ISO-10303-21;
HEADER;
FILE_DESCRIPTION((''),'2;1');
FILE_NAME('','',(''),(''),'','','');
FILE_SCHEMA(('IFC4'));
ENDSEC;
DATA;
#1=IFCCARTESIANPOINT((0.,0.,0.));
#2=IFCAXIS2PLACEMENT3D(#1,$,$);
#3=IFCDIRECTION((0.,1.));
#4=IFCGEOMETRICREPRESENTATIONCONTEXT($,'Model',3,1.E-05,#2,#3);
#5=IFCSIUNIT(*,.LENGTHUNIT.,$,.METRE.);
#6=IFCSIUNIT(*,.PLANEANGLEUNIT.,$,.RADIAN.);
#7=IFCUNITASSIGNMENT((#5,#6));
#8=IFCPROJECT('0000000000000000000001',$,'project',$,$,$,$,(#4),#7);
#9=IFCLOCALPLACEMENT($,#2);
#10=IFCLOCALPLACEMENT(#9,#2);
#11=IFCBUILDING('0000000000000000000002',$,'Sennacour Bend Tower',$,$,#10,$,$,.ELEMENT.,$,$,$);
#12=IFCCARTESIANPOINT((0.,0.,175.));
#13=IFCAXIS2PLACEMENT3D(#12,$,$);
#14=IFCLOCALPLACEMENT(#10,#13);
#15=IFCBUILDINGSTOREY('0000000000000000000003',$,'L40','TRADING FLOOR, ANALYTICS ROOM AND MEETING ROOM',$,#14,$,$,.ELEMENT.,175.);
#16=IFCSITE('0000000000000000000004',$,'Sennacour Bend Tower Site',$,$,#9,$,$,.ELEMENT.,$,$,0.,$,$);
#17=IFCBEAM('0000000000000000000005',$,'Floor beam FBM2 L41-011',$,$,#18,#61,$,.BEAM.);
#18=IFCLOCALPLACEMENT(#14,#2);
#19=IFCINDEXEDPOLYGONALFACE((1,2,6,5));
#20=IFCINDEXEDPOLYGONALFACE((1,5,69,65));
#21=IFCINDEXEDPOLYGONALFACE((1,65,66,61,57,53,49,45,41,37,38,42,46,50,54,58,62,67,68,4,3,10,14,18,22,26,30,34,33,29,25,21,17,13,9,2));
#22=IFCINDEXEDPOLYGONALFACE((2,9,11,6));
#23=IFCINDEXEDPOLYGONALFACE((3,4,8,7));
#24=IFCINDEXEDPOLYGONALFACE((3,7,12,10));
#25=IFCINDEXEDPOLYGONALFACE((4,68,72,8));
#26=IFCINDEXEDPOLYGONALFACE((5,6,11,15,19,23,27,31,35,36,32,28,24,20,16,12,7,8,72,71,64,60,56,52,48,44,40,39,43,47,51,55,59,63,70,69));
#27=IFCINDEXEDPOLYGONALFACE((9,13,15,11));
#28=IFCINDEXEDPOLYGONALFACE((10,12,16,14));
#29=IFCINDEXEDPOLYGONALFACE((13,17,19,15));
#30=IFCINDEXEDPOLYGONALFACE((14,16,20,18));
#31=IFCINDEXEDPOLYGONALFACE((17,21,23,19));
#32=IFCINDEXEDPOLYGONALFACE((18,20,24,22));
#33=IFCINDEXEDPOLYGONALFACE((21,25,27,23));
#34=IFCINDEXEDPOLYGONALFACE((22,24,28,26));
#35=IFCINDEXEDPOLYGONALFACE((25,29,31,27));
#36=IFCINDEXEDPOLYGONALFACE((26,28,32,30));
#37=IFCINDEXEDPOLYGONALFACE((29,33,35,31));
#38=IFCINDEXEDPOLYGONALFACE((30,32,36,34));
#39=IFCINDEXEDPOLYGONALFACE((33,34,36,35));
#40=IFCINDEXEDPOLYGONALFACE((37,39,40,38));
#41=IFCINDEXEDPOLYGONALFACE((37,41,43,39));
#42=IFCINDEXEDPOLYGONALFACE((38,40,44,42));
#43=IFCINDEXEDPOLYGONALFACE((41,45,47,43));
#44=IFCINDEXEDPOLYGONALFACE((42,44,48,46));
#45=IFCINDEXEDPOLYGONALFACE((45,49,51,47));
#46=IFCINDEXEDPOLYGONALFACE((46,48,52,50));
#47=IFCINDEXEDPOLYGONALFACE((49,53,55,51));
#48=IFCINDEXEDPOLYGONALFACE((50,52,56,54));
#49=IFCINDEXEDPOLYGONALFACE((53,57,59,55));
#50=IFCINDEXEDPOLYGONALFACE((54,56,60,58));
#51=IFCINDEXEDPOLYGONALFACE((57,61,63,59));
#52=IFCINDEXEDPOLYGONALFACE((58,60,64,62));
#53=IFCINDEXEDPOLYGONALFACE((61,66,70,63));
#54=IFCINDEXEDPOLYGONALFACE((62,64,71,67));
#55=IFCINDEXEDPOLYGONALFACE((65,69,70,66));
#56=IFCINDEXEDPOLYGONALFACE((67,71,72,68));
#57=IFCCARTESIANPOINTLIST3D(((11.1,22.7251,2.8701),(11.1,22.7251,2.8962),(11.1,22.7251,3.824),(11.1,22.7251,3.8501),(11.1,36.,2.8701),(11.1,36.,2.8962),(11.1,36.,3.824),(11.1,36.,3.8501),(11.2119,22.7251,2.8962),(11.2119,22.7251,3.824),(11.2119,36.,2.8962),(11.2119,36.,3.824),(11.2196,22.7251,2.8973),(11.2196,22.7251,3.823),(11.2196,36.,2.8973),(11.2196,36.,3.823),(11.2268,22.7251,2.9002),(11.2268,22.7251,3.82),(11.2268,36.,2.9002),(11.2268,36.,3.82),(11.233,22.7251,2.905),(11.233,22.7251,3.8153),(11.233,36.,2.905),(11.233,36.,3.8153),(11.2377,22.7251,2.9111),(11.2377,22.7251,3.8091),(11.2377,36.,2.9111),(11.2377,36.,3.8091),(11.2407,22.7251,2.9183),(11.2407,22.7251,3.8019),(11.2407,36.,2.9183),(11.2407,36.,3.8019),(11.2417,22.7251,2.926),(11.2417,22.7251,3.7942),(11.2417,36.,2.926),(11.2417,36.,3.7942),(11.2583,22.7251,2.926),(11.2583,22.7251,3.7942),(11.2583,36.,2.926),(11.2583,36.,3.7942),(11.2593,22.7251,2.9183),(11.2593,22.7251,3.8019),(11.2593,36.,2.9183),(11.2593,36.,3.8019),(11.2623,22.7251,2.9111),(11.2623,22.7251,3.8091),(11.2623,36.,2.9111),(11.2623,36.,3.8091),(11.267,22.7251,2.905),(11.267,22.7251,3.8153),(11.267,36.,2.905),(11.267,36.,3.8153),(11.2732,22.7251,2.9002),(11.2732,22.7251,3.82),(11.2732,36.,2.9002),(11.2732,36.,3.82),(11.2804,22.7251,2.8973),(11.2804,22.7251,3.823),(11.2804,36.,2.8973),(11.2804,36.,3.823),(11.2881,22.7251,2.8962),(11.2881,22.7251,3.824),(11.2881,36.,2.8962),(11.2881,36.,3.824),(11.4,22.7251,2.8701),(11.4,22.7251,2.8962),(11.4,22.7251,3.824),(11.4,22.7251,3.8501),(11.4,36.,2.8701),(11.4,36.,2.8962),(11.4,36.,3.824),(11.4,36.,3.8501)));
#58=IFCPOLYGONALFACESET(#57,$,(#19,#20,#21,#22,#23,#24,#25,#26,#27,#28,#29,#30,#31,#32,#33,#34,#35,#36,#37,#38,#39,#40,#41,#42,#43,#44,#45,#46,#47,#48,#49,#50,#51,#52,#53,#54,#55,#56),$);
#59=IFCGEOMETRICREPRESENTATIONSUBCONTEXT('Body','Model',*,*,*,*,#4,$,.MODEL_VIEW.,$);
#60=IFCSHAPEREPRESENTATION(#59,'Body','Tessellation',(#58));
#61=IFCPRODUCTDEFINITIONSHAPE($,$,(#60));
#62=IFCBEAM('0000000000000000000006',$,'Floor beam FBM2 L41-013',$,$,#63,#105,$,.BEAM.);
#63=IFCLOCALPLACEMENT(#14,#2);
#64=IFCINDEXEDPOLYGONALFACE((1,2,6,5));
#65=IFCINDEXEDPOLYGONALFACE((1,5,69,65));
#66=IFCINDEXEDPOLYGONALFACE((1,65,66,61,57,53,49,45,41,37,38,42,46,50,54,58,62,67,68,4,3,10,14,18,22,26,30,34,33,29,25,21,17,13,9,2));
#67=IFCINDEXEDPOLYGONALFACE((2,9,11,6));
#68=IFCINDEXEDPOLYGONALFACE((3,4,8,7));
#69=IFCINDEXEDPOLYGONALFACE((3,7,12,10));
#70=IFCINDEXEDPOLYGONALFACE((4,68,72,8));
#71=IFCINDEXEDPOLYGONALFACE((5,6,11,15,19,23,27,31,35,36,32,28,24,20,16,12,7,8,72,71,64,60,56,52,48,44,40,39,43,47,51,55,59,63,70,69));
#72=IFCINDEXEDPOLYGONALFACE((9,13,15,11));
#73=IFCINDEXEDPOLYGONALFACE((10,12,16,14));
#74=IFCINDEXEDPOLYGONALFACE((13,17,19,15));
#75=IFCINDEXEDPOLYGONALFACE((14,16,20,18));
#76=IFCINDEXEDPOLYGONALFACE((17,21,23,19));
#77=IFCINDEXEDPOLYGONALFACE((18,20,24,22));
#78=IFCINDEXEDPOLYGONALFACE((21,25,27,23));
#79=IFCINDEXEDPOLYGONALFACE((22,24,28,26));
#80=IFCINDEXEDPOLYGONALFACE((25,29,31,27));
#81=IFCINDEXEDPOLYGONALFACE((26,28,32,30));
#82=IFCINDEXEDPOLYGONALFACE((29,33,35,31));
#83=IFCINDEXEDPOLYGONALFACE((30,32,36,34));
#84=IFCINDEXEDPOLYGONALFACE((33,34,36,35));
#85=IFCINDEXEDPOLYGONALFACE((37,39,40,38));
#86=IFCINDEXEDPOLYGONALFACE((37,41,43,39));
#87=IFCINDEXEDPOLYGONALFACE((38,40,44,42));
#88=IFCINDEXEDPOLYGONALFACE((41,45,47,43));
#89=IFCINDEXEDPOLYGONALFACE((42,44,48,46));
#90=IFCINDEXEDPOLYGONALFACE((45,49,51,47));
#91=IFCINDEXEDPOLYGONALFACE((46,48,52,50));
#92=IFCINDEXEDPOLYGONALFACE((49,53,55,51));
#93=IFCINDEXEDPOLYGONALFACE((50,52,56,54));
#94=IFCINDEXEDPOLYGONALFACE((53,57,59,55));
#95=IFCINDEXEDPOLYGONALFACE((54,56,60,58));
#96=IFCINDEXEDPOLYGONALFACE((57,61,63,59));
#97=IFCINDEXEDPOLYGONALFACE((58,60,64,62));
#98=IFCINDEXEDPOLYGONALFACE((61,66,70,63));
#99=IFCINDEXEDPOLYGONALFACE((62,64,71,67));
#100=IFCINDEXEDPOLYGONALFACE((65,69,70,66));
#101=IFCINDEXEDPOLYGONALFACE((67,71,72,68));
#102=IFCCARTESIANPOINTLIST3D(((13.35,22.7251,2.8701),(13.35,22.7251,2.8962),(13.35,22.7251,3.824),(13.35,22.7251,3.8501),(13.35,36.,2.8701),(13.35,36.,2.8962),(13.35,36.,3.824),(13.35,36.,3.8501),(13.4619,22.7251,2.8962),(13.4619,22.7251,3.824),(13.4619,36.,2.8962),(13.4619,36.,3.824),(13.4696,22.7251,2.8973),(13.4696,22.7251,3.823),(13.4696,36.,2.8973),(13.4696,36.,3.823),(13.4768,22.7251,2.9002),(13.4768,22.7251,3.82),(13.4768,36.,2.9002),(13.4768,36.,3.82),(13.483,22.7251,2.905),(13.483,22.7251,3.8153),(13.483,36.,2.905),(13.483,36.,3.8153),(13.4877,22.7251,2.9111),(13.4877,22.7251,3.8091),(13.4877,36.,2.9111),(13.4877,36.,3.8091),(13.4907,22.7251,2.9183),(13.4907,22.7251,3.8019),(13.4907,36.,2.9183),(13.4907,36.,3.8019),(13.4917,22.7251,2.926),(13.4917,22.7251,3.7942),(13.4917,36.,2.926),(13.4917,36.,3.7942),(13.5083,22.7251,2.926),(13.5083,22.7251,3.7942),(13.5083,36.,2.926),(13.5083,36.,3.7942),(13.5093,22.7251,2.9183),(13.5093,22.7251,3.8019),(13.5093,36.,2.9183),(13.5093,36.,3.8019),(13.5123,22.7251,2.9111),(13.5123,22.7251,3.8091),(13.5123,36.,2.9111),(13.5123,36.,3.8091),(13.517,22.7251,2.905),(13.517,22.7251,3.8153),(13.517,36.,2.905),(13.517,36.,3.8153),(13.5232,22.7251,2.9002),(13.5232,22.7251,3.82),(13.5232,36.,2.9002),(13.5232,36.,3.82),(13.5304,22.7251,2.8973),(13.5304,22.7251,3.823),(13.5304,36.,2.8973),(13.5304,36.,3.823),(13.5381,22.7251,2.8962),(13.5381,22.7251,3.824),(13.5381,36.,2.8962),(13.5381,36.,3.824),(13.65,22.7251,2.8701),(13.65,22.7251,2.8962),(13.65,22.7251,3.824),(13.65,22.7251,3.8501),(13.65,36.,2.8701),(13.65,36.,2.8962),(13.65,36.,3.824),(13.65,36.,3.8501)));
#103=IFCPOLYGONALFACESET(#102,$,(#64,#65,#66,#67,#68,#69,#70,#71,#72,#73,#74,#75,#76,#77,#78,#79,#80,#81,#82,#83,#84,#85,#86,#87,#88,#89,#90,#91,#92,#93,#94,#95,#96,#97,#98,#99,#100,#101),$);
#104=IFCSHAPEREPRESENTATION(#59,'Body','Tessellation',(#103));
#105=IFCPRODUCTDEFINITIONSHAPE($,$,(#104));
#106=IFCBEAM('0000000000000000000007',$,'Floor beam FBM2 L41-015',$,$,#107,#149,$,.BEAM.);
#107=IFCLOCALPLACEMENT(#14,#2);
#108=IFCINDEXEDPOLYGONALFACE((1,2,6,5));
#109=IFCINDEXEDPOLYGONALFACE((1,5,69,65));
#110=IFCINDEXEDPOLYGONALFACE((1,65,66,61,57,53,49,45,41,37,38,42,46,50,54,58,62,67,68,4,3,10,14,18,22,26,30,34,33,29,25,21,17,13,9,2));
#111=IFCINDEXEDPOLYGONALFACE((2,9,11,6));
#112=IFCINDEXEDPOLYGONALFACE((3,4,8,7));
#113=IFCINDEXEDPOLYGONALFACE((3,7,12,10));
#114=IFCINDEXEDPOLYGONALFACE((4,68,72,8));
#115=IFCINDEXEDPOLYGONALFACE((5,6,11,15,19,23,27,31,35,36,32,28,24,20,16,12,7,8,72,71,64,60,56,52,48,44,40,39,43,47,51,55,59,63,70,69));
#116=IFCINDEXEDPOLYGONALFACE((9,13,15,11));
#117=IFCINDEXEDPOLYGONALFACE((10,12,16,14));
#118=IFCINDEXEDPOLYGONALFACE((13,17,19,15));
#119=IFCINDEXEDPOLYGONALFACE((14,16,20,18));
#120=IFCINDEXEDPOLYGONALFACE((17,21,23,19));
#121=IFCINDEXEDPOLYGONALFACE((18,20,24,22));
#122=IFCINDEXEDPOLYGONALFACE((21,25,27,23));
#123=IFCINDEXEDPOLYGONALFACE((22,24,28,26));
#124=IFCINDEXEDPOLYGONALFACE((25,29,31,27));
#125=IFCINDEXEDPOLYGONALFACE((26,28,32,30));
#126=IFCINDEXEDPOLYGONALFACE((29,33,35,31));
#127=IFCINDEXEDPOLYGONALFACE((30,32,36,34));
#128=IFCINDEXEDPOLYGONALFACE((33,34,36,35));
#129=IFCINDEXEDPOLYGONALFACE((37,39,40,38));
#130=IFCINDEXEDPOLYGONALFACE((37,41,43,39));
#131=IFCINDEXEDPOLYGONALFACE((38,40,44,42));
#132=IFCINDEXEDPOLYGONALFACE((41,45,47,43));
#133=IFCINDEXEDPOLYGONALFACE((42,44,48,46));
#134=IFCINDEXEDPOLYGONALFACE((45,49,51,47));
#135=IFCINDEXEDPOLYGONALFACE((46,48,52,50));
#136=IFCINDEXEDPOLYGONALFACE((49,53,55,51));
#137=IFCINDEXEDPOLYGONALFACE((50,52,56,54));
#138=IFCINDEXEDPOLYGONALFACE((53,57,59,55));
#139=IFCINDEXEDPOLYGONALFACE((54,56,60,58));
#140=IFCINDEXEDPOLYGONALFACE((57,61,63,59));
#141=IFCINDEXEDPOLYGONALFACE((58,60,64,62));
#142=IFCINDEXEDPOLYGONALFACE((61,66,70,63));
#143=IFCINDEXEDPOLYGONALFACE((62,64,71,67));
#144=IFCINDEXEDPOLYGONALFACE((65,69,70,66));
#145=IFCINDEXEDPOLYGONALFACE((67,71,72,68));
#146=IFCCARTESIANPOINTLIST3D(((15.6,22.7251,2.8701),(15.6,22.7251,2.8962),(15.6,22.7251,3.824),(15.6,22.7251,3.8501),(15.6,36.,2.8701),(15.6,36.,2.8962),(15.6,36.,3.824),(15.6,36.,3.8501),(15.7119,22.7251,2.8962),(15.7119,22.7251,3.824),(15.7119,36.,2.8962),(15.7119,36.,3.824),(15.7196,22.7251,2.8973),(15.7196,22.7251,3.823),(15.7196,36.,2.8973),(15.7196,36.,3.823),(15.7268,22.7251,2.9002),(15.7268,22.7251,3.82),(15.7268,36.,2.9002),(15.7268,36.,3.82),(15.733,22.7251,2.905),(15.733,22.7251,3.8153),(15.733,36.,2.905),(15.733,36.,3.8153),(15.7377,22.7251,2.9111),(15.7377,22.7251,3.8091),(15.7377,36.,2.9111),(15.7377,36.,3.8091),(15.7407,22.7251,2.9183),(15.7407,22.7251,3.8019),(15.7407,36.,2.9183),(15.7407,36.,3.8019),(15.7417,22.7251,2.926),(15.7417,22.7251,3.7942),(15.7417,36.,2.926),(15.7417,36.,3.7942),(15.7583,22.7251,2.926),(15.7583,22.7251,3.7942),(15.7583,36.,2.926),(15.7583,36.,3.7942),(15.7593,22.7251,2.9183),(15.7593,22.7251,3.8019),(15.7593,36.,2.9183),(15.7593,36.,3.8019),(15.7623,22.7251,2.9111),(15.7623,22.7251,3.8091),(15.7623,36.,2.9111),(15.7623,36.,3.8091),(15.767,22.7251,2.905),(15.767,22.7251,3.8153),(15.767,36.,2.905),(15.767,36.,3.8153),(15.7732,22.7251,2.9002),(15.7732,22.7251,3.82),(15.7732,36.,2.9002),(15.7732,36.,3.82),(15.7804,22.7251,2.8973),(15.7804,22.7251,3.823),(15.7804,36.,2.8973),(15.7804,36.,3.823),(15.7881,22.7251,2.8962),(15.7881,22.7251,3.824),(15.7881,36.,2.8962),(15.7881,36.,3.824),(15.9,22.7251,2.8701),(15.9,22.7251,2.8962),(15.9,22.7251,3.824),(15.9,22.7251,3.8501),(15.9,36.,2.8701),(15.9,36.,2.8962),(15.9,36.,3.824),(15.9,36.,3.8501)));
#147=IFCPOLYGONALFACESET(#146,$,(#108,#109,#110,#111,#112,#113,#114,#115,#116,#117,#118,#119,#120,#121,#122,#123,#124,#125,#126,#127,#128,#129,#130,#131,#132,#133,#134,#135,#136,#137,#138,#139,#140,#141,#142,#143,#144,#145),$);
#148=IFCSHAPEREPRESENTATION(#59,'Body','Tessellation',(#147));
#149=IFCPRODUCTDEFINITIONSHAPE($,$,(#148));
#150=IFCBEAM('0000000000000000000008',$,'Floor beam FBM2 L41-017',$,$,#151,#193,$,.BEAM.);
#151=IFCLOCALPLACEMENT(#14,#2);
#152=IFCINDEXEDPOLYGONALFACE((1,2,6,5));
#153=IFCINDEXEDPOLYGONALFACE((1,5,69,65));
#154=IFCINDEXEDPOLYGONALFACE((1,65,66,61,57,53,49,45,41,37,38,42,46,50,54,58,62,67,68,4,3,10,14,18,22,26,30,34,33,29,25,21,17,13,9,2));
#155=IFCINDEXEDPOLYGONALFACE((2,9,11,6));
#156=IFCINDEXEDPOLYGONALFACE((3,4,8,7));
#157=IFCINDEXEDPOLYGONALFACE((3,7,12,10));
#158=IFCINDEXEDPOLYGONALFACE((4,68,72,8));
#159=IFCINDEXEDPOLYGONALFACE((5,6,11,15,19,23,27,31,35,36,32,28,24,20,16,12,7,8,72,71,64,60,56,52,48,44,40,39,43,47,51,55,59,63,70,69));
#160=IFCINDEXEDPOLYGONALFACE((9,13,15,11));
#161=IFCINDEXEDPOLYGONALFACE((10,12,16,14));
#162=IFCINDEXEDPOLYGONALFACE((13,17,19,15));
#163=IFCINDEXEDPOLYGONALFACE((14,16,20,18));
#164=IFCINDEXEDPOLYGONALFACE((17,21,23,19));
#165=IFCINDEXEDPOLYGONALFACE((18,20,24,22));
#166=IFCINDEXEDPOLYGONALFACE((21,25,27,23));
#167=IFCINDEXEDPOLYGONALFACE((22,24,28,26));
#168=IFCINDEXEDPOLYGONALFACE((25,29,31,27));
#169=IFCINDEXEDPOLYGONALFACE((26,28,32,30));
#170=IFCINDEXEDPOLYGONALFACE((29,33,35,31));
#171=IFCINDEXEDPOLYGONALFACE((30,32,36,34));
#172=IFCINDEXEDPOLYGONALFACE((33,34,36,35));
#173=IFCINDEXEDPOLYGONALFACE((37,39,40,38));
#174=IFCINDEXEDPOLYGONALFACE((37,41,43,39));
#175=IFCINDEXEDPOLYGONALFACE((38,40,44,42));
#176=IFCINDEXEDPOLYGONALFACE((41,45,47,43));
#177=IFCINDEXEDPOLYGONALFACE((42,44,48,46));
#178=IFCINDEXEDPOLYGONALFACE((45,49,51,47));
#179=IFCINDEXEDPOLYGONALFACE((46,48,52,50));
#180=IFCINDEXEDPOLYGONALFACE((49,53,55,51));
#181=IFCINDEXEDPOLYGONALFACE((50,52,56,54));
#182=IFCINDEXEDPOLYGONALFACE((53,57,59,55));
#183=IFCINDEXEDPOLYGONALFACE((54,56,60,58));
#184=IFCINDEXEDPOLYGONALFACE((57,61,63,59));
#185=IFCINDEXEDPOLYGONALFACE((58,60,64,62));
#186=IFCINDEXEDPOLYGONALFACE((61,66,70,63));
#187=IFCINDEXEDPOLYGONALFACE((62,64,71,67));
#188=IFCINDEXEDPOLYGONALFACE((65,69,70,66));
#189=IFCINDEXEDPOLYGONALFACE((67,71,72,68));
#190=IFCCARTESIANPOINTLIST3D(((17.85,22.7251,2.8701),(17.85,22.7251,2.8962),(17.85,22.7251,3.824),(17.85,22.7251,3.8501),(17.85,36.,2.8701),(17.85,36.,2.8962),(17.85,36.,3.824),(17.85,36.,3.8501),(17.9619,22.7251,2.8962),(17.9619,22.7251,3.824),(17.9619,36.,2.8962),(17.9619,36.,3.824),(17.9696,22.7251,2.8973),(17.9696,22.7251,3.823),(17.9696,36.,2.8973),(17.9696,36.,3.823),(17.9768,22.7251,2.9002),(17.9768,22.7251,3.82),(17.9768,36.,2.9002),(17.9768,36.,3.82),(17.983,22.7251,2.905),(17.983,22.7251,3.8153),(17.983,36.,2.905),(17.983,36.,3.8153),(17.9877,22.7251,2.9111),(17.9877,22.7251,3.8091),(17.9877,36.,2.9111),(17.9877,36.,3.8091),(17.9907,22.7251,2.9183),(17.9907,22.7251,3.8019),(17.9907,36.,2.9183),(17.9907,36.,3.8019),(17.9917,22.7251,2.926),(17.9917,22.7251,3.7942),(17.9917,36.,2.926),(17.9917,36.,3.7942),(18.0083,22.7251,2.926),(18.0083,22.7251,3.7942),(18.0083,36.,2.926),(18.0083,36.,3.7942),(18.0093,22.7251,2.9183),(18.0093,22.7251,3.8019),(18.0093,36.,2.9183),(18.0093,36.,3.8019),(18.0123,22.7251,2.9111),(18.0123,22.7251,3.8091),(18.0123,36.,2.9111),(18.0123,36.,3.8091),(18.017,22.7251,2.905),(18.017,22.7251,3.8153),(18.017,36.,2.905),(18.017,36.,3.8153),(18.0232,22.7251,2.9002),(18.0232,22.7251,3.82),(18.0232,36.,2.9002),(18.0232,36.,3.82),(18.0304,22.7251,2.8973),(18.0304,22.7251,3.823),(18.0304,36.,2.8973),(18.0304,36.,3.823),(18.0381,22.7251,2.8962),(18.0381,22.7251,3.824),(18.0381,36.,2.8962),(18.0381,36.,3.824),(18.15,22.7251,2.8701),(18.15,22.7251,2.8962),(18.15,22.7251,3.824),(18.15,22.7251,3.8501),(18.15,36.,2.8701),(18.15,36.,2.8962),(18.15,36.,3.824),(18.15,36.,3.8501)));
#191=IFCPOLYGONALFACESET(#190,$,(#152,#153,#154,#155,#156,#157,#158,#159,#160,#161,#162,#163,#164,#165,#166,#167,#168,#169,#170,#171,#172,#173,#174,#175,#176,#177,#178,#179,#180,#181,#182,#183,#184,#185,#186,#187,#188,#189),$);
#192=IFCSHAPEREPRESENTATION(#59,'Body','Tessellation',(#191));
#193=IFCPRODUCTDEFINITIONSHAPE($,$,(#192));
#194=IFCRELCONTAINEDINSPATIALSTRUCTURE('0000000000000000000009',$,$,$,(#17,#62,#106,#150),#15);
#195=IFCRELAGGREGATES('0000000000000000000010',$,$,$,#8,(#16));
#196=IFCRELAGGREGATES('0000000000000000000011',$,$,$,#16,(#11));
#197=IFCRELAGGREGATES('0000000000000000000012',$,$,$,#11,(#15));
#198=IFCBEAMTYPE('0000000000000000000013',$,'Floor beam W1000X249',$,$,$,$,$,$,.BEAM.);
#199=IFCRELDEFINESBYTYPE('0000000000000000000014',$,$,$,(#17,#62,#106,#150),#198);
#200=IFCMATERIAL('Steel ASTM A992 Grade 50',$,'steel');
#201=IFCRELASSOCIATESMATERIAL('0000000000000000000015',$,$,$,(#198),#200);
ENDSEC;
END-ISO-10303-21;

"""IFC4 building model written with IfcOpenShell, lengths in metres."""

from ifc_helpers import new_model, si_unit, direction, frame, origin, origin_2d, place, context, subcontext, project, spatial, i_section, extrude, material, material_profile, profile_set, type_object, element, save


model = new_model("IFC4")

# Units and contexts
model_context = context("Model", 3, precision=1e-05, world=origin(), true_north=direction((0.0, 1.0)))
body_context = subcontext(model_context, "Body", "Model", "MODEL_VIEW")
ifc_project = project(units=[si_unit("LENGTHUNIT", "METRE"), si_unit("PLANEANGLEUNIT", "RADIAN")], contexts=[model_context])

# Site, building, storey
site_placement = place(None, origin())
site = spatial("IfcSite", under=ifc_project, at=site_placement, Name="Sennacour Bend Tower Site", CompositionType="ELEMENT", RefElevation=0.0)
building_placement = place(site_placement, origin())
building = spatial("IfcBuilding", under=site, at=building_placement, Name="Sennacour Bend Tower", CompositionType="ELEMENT")
storey_placement = place(building_placement, frame((0.0, 0.0, 175.0)))
storey = spatial("IfcBuildingStorey", under=building, at=storey_placement, Name="L40", Description="TRADING FLOOR, ANALYTICS ROOM AND MEETING ROOM", CompositionType="ELEMENT", Elevation=175.0)

# Beams
ifc_material_1 = material(Name="Steel ASTM A992 Grade 50", Category="steel")
ifc_material_profile_1 = material_profile(ifc_material_1, i_section(OverallWidth=0.3, OverallDepth=0.98, WebThickness=0.0166, FlangeThickness=0.0261, FilletRadius=0.0298, at=origin_2d()), Name="Steel ASTM A992 Grade 50", Category="steel")
ifc_profile_set_1 = profile_set([ifc_material_profile_1], Name="Steel ASTM A992 Grade 50")
beam_type_1 = type_object("IfcBeamType", Name="Floor beam W1000X249", PredefinedType="BEAM", material=ifc_profile_set_1)
for number, where, z_axis, x_axis, name in (
    (1, (11.25, 22.7251, 3.3601), (0.0, 1.0, 0.0), (-1.0, 0.0, 0.0), "Floor beam FBM2 L41-011"),
    (2, (13.5, 22.7251, 3.3601), (0.0, 1.0, 0.0), (-1.0, 0.0, 0.0), "Floor beam FBM2 L41-013"),
    (3, (15.75, 22.7251, 3.3601), (0.0, 1.0, 0.0), (-1.0, 0.0, 0.0), "Floor beam FBM2 L41-015"),
    (4, (18.0, 22.7251, 3.3601), (0.0, 1.0, 0.0), (-1.0, 0.0, 0.0), "Floor beam FBM2 L41-017"),
):
    element("IfcBeam", number, at=place(storey_placement, frame(where, z_axis=z_axis, x_axis=x_axis)), inside=storey, type_object=beam_type_1, Name=name, PredefinedType="BEAM", context=body_context, shape_type="SweptSolid", body=[
        extrude(i_section(OverallWidth=0.3, OverallDepth=0.98, WebThickness=0.0166, FlangeThickness=0.0261, FilletRadius=0.0298, at=origin_2d()), origin(), (0.0, 0.0, 1.0), 13.2749),
    ])

save(model, "model.ifc")
